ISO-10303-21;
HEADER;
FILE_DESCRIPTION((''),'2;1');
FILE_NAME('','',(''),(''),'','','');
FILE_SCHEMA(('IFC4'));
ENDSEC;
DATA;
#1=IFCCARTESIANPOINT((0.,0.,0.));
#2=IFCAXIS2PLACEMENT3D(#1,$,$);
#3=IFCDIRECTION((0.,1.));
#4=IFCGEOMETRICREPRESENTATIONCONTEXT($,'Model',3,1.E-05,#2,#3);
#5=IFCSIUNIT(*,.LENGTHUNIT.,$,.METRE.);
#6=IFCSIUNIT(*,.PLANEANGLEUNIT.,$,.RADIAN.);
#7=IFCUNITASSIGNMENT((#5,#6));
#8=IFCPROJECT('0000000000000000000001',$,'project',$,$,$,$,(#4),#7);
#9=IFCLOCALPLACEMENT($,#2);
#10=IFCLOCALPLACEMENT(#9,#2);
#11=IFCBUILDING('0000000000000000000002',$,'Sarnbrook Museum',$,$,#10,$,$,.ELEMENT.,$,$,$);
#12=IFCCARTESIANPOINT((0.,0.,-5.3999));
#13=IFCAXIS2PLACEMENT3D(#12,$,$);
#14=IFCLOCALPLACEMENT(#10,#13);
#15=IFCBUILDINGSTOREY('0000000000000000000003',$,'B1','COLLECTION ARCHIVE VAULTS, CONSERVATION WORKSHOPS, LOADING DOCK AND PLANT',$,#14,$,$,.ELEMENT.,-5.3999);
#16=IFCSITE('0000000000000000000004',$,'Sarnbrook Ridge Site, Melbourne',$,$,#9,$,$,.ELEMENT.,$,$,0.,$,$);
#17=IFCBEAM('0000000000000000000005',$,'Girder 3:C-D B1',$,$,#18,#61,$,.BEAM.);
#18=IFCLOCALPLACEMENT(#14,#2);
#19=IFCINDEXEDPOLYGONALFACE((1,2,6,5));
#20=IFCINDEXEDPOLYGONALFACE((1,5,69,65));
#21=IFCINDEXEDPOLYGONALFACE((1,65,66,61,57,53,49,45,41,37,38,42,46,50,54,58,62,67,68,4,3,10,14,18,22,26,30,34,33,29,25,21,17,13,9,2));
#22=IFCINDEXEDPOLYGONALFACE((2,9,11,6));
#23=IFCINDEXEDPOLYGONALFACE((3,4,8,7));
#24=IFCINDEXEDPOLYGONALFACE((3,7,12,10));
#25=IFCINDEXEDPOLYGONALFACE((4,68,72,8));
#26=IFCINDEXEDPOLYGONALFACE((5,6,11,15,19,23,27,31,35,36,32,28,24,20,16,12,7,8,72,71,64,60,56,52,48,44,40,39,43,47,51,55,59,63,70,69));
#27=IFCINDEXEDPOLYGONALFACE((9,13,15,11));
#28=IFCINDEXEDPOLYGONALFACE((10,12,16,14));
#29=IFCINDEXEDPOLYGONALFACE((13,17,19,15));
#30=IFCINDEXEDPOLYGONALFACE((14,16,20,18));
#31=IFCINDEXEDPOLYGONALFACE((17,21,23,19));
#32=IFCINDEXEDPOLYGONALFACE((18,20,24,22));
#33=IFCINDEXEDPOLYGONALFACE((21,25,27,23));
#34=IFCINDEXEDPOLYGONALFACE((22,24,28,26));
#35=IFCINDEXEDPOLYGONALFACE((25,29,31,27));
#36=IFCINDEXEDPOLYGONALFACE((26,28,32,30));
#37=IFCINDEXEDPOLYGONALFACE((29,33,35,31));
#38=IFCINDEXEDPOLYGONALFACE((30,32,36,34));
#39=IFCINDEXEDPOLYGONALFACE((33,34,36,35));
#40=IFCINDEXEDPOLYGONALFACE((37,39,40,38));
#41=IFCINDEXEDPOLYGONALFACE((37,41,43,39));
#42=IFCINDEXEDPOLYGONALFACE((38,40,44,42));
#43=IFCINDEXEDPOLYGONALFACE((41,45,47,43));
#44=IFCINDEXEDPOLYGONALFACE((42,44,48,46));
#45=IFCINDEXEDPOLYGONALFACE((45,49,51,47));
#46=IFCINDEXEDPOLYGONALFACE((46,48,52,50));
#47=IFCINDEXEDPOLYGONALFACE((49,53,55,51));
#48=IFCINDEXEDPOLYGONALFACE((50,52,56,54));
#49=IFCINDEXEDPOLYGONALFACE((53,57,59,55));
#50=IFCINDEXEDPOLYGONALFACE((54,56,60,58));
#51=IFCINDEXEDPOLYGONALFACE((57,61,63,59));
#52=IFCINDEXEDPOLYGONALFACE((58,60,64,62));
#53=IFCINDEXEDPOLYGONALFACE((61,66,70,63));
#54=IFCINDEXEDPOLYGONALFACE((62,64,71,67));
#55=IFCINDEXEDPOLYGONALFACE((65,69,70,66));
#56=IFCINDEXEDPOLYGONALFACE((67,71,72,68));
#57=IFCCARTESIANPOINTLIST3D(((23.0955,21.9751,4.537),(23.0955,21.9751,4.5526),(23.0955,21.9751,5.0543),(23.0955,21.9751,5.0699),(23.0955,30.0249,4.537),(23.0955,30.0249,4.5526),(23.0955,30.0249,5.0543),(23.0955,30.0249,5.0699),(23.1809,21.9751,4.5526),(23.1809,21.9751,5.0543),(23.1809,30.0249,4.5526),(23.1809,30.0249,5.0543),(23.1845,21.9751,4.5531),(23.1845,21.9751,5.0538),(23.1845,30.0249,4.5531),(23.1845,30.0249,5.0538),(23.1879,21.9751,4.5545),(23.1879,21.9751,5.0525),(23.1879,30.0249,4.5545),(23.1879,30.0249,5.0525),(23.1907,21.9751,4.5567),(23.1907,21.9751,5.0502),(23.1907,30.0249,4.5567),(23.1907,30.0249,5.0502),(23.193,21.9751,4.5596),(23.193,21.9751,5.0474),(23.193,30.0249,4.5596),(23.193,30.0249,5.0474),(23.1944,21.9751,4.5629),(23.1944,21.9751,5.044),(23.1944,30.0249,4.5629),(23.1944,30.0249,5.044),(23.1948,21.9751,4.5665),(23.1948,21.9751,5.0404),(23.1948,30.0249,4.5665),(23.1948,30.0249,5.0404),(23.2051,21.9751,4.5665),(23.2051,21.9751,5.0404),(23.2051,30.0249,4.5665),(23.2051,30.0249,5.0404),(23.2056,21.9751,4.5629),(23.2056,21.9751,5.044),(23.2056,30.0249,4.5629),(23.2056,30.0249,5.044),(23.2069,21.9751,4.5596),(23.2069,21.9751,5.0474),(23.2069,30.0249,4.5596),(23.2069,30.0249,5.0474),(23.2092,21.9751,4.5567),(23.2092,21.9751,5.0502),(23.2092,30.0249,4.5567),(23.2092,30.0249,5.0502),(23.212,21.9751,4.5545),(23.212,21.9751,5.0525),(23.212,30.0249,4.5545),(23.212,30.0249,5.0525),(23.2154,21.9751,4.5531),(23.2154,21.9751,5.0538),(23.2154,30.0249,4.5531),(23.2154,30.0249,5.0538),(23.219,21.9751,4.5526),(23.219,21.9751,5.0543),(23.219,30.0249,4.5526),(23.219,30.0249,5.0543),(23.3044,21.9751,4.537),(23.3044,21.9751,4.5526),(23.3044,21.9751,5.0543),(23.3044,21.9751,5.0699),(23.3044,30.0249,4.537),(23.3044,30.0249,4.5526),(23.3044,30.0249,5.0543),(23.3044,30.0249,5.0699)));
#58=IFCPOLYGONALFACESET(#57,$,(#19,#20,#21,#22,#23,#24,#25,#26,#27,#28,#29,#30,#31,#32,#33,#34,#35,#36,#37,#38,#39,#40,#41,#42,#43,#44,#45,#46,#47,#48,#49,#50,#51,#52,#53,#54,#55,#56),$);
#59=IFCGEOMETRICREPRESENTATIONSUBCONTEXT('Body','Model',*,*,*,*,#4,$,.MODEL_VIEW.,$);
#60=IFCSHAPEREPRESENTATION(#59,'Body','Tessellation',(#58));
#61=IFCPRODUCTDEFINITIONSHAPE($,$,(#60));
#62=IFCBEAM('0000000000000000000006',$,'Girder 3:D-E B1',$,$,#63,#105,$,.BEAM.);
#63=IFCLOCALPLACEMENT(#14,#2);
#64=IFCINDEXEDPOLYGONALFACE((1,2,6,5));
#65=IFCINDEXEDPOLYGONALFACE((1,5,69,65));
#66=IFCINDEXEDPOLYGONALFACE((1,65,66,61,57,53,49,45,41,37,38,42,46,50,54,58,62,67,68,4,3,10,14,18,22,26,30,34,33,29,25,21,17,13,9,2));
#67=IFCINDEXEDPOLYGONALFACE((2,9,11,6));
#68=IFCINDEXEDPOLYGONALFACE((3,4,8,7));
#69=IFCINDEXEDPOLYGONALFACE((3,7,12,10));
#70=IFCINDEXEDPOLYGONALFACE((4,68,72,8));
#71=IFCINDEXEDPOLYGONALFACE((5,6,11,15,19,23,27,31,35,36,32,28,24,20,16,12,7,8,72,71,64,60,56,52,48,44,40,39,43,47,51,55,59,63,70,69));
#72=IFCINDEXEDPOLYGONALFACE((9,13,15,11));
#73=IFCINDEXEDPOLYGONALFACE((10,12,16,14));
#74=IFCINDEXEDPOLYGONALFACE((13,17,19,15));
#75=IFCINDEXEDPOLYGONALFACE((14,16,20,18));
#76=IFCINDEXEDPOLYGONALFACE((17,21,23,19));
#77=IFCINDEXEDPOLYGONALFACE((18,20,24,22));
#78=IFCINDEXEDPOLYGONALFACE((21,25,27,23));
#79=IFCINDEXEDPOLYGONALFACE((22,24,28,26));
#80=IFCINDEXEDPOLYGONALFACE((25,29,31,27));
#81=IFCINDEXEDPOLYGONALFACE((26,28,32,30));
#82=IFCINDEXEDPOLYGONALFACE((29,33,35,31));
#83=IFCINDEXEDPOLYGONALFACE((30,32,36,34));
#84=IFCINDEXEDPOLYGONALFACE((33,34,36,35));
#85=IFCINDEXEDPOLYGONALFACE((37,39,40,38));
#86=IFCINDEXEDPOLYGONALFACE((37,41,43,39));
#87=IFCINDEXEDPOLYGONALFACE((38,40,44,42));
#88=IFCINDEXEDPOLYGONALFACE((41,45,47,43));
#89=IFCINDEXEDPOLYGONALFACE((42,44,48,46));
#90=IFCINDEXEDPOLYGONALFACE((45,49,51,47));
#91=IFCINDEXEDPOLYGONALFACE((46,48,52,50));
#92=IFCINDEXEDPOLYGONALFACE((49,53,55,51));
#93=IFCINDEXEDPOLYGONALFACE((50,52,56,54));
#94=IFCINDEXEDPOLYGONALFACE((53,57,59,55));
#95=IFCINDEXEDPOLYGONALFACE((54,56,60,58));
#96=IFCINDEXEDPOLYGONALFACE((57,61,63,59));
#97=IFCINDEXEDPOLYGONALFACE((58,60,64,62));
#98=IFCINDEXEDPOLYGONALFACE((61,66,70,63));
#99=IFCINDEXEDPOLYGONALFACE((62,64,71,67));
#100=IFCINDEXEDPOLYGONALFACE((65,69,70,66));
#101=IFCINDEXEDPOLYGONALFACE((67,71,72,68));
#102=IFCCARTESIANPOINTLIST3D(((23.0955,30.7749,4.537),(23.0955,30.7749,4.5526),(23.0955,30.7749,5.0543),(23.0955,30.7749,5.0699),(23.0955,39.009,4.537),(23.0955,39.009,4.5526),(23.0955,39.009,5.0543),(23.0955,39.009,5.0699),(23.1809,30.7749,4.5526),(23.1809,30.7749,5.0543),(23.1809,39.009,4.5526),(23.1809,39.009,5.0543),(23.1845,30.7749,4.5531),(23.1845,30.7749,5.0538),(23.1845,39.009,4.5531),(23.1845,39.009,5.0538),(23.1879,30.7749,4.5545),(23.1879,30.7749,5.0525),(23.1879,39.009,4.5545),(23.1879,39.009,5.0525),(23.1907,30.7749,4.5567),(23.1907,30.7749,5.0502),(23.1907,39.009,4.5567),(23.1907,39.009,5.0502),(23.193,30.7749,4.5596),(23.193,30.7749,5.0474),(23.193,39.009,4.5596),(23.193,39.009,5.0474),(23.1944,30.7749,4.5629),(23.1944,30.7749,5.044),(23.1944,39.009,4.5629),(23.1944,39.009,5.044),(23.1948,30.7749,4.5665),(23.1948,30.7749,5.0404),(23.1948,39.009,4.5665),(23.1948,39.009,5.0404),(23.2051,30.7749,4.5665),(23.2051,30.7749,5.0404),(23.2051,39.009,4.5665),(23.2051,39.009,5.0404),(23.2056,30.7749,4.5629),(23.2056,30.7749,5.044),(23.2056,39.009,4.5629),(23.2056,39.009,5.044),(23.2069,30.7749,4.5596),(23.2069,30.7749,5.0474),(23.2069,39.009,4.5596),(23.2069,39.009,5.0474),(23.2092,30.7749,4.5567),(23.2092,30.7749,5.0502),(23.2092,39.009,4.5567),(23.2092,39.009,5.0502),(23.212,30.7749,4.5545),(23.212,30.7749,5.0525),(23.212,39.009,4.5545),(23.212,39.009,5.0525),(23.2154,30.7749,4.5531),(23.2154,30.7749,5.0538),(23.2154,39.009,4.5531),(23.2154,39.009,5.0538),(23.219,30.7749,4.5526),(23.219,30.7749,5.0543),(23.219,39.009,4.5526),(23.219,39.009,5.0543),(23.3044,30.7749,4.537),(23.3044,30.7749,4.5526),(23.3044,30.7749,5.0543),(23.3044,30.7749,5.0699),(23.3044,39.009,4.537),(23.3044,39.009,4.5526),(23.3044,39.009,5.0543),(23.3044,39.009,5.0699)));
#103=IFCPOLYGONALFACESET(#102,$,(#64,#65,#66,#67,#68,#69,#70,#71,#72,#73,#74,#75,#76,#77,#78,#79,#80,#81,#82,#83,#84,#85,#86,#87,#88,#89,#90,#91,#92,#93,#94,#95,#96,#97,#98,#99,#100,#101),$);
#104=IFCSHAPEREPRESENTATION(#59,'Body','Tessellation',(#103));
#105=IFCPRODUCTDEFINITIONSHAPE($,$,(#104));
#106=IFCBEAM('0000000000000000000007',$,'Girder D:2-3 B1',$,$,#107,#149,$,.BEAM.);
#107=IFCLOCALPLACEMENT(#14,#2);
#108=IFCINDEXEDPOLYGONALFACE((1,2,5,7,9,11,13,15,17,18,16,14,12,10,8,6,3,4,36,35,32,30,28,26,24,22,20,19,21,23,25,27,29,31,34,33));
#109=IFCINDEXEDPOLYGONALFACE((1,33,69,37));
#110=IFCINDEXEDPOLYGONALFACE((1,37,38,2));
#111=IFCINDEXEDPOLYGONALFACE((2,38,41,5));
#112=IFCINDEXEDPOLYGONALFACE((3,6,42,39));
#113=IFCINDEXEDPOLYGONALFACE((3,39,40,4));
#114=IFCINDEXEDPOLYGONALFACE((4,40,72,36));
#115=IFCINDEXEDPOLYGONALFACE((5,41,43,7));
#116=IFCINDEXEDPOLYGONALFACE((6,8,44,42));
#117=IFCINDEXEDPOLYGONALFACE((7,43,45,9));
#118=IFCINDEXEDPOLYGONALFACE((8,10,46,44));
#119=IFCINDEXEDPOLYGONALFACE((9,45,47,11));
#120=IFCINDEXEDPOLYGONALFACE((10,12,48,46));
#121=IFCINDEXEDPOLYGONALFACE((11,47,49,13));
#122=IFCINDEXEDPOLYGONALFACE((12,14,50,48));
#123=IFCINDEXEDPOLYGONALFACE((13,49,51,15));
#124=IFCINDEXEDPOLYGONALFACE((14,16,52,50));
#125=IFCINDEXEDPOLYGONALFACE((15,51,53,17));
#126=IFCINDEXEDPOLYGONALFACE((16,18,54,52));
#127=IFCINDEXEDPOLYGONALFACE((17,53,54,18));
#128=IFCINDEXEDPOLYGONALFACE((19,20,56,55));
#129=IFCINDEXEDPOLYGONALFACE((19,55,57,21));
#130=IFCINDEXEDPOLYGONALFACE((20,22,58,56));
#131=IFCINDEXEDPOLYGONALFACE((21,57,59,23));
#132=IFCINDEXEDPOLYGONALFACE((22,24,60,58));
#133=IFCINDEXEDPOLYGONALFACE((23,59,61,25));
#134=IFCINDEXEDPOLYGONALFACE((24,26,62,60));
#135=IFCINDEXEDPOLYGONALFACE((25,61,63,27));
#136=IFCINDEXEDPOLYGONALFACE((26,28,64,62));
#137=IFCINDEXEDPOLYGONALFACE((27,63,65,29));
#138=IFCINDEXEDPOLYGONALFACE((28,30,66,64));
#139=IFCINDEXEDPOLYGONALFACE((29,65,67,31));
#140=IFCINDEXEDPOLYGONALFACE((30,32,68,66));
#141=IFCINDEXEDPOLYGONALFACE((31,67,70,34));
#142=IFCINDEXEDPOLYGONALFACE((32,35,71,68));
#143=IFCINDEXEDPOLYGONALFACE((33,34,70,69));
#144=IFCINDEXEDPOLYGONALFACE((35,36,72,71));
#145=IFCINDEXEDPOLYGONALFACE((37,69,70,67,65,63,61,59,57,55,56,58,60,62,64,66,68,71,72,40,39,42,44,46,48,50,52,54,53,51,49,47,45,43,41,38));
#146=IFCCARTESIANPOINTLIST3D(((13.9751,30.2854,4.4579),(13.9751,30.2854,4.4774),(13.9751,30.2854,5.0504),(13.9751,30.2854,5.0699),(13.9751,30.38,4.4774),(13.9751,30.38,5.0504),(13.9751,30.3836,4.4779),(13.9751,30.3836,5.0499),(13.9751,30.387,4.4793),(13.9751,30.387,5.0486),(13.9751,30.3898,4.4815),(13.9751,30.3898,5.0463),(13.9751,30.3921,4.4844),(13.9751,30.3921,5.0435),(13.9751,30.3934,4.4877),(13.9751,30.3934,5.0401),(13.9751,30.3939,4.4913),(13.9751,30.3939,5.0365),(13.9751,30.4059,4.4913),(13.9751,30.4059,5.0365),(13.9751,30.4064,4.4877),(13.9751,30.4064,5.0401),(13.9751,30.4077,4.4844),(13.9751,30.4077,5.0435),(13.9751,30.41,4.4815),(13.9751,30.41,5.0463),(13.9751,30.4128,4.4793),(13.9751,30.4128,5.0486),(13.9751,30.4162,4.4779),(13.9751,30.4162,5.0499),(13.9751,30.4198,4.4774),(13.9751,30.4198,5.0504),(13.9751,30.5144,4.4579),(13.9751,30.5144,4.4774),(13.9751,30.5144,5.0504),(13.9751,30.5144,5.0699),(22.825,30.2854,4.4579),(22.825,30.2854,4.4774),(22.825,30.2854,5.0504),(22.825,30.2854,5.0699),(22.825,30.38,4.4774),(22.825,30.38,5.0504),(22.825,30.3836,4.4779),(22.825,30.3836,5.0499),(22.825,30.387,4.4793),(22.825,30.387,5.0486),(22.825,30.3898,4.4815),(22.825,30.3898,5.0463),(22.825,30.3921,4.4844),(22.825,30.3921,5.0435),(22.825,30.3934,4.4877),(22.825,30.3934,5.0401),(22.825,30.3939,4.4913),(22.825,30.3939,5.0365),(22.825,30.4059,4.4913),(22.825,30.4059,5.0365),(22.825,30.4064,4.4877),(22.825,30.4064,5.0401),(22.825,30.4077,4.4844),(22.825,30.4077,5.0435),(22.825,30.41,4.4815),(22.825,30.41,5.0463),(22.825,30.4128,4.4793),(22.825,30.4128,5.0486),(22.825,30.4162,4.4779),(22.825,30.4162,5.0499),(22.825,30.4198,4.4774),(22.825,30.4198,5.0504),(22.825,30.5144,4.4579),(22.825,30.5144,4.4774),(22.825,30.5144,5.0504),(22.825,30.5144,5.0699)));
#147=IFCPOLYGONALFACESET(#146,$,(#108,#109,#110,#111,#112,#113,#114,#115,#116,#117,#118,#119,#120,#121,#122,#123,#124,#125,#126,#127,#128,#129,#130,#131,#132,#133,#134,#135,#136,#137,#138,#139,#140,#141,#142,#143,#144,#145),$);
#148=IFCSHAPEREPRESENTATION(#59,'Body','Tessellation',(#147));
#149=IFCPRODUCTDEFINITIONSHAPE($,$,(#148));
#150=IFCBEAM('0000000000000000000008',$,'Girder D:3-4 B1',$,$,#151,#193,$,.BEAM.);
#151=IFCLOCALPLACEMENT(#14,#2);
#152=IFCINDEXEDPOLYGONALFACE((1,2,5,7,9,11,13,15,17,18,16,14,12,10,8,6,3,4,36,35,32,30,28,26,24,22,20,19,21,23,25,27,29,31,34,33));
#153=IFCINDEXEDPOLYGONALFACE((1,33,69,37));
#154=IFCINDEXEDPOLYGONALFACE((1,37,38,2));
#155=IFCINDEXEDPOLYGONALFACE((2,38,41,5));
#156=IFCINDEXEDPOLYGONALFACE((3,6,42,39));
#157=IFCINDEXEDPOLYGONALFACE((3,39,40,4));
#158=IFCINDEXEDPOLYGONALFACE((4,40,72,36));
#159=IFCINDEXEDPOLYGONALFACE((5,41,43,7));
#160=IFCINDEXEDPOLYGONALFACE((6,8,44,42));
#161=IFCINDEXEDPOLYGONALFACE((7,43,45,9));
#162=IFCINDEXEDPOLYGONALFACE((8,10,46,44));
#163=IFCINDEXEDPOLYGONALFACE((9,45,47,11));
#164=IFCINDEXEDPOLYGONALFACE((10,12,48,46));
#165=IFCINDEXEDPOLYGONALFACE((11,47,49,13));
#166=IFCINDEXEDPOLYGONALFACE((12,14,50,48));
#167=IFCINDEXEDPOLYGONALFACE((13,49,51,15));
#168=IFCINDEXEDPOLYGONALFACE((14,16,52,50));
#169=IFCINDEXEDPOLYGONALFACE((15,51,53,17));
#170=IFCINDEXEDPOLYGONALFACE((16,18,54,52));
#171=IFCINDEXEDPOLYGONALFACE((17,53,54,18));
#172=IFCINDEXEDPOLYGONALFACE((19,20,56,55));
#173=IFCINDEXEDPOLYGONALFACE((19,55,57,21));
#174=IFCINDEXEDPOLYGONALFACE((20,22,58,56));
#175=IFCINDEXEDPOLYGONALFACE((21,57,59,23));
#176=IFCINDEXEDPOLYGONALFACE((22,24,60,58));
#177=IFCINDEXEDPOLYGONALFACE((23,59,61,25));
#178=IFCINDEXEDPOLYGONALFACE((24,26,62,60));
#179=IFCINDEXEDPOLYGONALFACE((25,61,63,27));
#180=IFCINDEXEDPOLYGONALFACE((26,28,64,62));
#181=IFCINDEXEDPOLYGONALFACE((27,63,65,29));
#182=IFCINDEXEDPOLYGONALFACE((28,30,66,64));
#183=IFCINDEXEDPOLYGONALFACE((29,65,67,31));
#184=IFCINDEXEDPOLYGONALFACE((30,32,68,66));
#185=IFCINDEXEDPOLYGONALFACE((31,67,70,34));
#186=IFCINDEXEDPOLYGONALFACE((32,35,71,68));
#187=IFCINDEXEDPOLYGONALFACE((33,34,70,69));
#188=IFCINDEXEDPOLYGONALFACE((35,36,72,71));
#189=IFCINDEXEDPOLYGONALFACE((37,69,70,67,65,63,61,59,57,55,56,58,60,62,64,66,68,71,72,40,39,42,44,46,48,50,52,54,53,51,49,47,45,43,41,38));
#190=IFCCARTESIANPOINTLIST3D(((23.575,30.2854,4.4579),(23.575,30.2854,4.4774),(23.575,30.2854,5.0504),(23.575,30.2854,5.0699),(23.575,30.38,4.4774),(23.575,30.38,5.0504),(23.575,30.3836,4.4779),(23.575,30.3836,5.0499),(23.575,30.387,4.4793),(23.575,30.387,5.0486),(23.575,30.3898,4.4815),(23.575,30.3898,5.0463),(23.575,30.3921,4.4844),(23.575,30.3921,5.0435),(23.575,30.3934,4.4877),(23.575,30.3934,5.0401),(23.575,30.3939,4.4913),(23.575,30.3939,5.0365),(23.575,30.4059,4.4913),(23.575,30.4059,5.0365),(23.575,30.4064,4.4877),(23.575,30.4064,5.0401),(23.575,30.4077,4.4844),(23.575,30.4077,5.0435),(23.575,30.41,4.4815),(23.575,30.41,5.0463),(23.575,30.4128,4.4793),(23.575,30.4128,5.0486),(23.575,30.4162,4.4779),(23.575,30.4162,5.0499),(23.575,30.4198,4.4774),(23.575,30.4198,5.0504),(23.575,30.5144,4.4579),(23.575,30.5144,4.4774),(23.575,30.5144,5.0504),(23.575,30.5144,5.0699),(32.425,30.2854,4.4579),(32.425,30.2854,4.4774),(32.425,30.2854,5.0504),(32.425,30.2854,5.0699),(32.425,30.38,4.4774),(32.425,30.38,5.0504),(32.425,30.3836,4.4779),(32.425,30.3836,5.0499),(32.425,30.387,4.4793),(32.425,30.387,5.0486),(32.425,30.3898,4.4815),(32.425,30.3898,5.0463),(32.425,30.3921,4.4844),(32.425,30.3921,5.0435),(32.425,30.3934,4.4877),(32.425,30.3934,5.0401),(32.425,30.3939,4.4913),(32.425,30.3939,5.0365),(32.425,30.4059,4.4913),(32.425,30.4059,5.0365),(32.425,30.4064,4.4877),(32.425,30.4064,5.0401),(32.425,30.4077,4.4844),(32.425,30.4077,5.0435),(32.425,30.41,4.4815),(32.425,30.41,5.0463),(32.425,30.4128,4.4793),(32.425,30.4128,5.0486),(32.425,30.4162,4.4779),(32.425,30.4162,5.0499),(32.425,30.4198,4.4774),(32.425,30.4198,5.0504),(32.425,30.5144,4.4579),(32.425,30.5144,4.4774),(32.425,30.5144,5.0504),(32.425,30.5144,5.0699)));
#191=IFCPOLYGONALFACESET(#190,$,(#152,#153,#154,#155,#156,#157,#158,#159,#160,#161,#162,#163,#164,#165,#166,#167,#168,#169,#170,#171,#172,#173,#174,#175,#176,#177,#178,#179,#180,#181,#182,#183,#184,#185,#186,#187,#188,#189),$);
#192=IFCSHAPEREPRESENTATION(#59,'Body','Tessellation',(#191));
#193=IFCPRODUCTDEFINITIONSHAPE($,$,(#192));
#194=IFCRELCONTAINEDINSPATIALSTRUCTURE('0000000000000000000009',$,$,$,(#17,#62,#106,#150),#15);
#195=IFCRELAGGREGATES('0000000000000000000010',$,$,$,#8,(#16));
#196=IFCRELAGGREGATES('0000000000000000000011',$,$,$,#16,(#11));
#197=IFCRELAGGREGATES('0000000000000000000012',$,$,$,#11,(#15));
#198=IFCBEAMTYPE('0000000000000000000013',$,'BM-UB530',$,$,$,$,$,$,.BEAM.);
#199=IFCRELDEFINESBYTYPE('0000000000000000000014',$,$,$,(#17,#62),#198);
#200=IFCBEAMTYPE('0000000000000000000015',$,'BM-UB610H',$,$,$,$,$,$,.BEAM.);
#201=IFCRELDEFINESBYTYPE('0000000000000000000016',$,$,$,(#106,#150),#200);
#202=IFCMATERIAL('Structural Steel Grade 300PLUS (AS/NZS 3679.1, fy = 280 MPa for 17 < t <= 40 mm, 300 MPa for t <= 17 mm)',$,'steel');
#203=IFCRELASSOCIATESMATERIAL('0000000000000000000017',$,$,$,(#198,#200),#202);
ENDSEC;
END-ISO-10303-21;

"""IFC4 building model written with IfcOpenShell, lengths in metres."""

from ifc_helpers import new_model, si_unit, direction, frame, origin, origin_2d, place, context, subcontext, project, spatial, i_section, extrude, material, material_profile, profile_set, type_object, element, save


model = new_model("IFC4")

# Units and contexts
model_context = context("Model", 3, precision=1e-05, world=origin(), true_north=direction((0.0, 1.0)))
body_context = subcontext(model_context, "Body", "Model", "MODEL_VIEW")
ifc_project = project(units=[si_unit("LENGTHUNIT", "METRE"), si_unit("PLANEANGLEUNIT", "RADIAN")], contexts=[model_context])

# Site, building, storey
site_placement = place(None, origin())
site = spatial("IfcSite", under=ifc_project, at=site_placement, Name="Sarnbrook Ridge Site, Melbourne", CompositionType="ELEMENT", RefElevation=0.0)
building_placement = place(site_placement, origin())
building = spatial("IfcBuilding", under=site, at=building_placement, Name="Sarnbrook Museum", CompositionType="ELEMENT")
storey_placement = place(building_placement, frame((0.0, 0.0, -5.3999)))
storey = spatial("IfcBuildingStorey", under=building, at=storey_placement, Name="B1", Description="COLLECTION ARCHIVE VAULTS, CONSERVATION WORKSHOPS, LOADING DOCK AND PLANT", CompositionType="ELEMENT", Elevation=-5.3999)

# Beams
ifc_material_1 = material(Name="Structural Steel Grade 300PLUS (AS/NZS 3679.1, fy = 280 MPa for 17 < t <= 40 mm, 300 MPa for t <= 17 mm)", Category="steel")
ifc_material_profile_1 = material_profile(ifc_material_1, i_section(OverallWidth=0.209, OverallDepth=0.533, WebThickness=0.0103, FlangeThickness=0.0156, FilletRadius=0.0139, at=origin_2d()), Name="530UB92.4")
ifc_profile_set_1 = profile_set([ifc_material_profile_1], Name="Structural Steel Grade 300PLUS (AS/NZS 3679.1, fy = 280 MPa for 17 < t <= 40 mm, 300 MPa for t <= 17 mm)")
beam_type_1 = type_object("IfcBeamType", Name="BM-UB530", PredefinedType="BEAM", material=ifc_profile_set_1)
beam_1_placement = place(storey_placement, frame((23.2, 21.9751, 4.8035), z_axis=(0.0, 1.0, 0.0), x_axis=(-1.0, 0.0, 0.0)))
element("IfcBeam", 1, at=beam_1_placement, inside=storey, type_object=beam_type_1, Name="Girder 3:C-D B1", PredefinedType="BEAM", context=body_context, shape_type="SweptSolid", body=[
    extrude(i_section(OverallWidth=0.209, OverallDepth=0.533, WebThickness=0.0103, FlangeThickness=0.0156, FilletRadius=0.0139, at=origin_2d()), origin(), (0.0, 0.0, 1.0), 8.0498),
])
beam_2_placement = place(storey_placement, frame((23.2, 30.7749, 4.8035), z_axis=(0.0, 1.0, 0.0), x_axis=(-1.0, 0.0, 0.0)))
element("IfcBeam", 2, at=beam_2_placement, inside=storey, type_object=beam_type_1, Name="Girder 3:D-E B1", PredefinedType="BEAM", context=body_context, shape_type="SweptSolid", body=[
    extrude(i_section(OverallWidth=0.209, OverallDepth=0.533, WebThickness=0.0103, FlangeThickness=0.0156, FilletRadius=0.0139, at=origin_2d()), origin(), (0.0, 0.0, 1.0), 8.2341),
])
ifc_material_profile_2 = material_profile(ifc_material_1, i_section(OverallWidth=0.229, OverallDepth=0.6121, WebThickness=0.012, FlangeThickness=0.0195, FilletRadius=0.0139, at=origin_2d()), Name="610UB125")
ifc_profile_set_2 = profile_set([ifc_material_profile_2], Name="Structural Steel Grade 300PLUS (AS/NZS 3679.1, fy = 280 MPa for 17 < t <= 40 mm, 300 MPa for t <= 17 mm)")
beam_type_2 = type_object("IfcBeamType", Name="BM-UB610H", PredefinedType="BEAM", material=ifc_profile_set_2)
beam_3_placement = place(storey_placement, frame((13.9751, 30.3999, 4.7639), z_axis=(1.0, 0.0, 0.0), x_axis=(0.0, 1.0, 0.0)))
element("IfcBeam", 3, at=beam_3_placement, inside=storey, type_object=beam_type_2, Name="Girder D:2-3 B1", PredefinedType="BEAM", context=body_context, shape_type="SweptSolid", body=[
    extrude(i_section(OverallWidth=0.229, OverallDepth=0.6121, WebThickness=0.012, FlangeThickness=0.0195, FilletRadius=0.0139, at=origin_2d()), origin(), (0.0, 0.0, 1.0), 8.8499),
])
beam_4_placement = place(storey_placement, frame((23.575, 30.3999, 4.7639), z_axis=(1.0, 0.0, 0.0), x_axis=(0.0, 1.0, 0.0)))
element("IfcBeam", 4, at=beam_4_placement, inside=storey, type_object=beam_type_2, Name="Girder D:3-4 B1", PredefinedType="BEAM", context=body_context, shape_type="SweptSolid", body=[
    extrude(i_section(OverallWidth=0.229, OverallDepth=0.6121, WebThickness=0.012, FlangeThickness=0.0195, FilletRadius=0.0139, at=origin_2d()), origin(), (0.0, 0.0, 1.0), 8.8501),
])

save(model, "model.ifc")
